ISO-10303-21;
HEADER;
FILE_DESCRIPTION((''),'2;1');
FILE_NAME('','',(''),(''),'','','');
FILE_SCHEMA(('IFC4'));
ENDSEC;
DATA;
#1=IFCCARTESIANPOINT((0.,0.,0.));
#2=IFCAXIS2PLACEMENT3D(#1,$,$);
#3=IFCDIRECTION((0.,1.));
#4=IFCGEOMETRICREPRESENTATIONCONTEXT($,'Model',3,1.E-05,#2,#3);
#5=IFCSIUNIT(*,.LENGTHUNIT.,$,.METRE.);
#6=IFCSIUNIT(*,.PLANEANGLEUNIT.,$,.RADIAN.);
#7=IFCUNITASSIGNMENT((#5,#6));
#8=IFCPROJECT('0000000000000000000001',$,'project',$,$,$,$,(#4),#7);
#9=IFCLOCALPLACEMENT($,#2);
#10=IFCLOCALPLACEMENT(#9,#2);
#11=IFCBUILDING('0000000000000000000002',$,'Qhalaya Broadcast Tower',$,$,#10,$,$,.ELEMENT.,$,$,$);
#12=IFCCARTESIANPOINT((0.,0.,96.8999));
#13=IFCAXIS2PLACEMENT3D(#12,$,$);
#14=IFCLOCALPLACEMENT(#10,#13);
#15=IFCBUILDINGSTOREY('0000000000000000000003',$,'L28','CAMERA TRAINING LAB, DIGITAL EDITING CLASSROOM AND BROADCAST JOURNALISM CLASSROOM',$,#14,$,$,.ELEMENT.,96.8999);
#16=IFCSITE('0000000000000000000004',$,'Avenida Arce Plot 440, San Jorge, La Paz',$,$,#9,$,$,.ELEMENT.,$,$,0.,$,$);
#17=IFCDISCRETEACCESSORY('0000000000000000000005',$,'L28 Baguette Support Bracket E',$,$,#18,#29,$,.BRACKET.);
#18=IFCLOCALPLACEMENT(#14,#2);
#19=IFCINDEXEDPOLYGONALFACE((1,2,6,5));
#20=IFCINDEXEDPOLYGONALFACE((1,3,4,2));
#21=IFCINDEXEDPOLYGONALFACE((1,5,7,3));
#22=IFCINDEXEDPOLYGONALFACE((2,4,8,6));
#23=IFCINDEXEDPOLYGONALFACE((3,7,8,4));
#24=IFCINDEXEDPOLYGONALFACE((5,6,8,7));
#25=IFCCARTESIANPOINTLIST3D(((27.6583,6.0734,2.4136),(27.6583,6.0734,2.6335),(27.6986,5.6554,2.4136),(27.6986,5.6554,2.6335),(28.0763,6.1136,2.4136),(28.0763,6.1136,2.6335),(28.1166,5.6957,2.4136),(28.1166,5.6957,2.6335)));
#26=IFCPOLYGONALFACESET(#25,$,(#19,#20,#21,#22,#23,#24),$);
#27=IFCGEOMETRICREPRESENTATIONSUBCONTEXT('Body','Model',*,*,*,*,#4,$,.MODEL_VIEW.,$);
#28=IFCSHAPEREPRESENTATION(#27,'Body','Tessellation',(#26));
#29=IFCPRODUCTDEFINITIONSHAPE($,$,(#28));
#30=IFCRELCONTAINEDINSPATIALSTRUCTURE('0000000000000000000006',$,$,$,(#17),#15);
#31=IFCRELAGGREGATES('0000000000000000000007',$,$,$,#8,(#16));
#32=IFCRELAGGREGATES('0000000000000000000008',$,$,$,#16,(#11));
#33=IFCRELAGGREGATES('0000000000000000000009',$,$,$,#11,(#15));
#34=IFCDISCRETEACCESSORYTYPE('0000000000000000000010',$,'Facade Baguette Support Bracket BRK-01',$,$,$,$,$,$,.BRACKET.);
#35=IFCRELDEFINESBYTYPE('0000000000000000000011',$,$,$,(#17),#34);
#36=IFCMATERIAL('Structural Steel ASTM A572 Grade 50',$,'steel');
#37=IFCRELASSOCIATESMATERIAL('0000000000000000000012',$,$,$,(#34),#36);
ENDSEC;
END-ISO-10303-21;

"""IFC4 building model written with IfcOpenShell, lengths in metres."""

from ifc_helpers import new_model, si_unit, direction, frame, origin, origin_2d, place, context, subcontext, project, spatial, rectangle, extrude, material, type_object, element, save


model = new_model("IFC4")

# Units and contexts
model_context = context("Model", 3, precision=1e-05, world=origin(), true_north=direction((0.0, 1.0)))
body_context = subcontext(model_context, "Body", "Model", "MODEL_VIEW")
ifc_project = project(units=[si_unit("LENGTHUNIT", "METRE"), si_unit("PLANEANGLEUNIT", "RADIAN")], contexts=[model_context])

# Site, building, storey
site_placement = place(None, origin())
site = spatial("IfcSite", under=ifc_project, at=site_placement, Name="Avenida Arce Plot 440, San Jorge, La Paz", CompositionType="ELEMENT", RefElevation=0.0)
building_placement = place(site_placement, origin())
building = spatial("IfcBuilding", under=site, at=building_placement, Name="Qhalaya Broadcast Tower", CompositionType="ELEMENT")
storey_placement = place(building_placement, frame((0.0, 0.0, 96.8999)))
storey = spatial("IfcBuildingStorey", under=building, at=storey_placement, Name="L28", Description="CAMERA TRAINING LAB, DIGITAL EDITING CLASSROOM AND BROADCAST JOURNALISM CLASSROOM", CompositionType="ELEMENT", Elevation=96.8999)

# Shared definitions
ifc_material_1 = material(Name="Structural Steel ASTM A572 Grade 50", Category="steel")

# Discrete accessory
discrete_accessory_type = type_object("IfcDiscreteAccessoryType", Name="Facade Baguette Support Bracket BRK-01", PredefinedType="BRACKET", material=ifc_material_1)
discrete_accessory_placement = place(storey_placement, frame((27.8875, 5.8845, 2.4136), z_axis=(0.0, 0.0, 1.0), x_axis=(-0.095846, 0.995396, 0.0)))
element("IfcDiscreteAccessory", 1, at=discrete_accessory_placement, inside=storey, type_object=discrete_accessory_type, Name="L28 Baguette Support Bracket E", PredefinedType="BRACKET", context=body_context, shape_type="SweptSolid", body=[
    extrude(rectangle(XDim=0.4199, YDim=0.4199, at=origin_2d()), origin(), (0.0, 0.0, 1.0), 0.22),
])

save(model, "model.ifc")
